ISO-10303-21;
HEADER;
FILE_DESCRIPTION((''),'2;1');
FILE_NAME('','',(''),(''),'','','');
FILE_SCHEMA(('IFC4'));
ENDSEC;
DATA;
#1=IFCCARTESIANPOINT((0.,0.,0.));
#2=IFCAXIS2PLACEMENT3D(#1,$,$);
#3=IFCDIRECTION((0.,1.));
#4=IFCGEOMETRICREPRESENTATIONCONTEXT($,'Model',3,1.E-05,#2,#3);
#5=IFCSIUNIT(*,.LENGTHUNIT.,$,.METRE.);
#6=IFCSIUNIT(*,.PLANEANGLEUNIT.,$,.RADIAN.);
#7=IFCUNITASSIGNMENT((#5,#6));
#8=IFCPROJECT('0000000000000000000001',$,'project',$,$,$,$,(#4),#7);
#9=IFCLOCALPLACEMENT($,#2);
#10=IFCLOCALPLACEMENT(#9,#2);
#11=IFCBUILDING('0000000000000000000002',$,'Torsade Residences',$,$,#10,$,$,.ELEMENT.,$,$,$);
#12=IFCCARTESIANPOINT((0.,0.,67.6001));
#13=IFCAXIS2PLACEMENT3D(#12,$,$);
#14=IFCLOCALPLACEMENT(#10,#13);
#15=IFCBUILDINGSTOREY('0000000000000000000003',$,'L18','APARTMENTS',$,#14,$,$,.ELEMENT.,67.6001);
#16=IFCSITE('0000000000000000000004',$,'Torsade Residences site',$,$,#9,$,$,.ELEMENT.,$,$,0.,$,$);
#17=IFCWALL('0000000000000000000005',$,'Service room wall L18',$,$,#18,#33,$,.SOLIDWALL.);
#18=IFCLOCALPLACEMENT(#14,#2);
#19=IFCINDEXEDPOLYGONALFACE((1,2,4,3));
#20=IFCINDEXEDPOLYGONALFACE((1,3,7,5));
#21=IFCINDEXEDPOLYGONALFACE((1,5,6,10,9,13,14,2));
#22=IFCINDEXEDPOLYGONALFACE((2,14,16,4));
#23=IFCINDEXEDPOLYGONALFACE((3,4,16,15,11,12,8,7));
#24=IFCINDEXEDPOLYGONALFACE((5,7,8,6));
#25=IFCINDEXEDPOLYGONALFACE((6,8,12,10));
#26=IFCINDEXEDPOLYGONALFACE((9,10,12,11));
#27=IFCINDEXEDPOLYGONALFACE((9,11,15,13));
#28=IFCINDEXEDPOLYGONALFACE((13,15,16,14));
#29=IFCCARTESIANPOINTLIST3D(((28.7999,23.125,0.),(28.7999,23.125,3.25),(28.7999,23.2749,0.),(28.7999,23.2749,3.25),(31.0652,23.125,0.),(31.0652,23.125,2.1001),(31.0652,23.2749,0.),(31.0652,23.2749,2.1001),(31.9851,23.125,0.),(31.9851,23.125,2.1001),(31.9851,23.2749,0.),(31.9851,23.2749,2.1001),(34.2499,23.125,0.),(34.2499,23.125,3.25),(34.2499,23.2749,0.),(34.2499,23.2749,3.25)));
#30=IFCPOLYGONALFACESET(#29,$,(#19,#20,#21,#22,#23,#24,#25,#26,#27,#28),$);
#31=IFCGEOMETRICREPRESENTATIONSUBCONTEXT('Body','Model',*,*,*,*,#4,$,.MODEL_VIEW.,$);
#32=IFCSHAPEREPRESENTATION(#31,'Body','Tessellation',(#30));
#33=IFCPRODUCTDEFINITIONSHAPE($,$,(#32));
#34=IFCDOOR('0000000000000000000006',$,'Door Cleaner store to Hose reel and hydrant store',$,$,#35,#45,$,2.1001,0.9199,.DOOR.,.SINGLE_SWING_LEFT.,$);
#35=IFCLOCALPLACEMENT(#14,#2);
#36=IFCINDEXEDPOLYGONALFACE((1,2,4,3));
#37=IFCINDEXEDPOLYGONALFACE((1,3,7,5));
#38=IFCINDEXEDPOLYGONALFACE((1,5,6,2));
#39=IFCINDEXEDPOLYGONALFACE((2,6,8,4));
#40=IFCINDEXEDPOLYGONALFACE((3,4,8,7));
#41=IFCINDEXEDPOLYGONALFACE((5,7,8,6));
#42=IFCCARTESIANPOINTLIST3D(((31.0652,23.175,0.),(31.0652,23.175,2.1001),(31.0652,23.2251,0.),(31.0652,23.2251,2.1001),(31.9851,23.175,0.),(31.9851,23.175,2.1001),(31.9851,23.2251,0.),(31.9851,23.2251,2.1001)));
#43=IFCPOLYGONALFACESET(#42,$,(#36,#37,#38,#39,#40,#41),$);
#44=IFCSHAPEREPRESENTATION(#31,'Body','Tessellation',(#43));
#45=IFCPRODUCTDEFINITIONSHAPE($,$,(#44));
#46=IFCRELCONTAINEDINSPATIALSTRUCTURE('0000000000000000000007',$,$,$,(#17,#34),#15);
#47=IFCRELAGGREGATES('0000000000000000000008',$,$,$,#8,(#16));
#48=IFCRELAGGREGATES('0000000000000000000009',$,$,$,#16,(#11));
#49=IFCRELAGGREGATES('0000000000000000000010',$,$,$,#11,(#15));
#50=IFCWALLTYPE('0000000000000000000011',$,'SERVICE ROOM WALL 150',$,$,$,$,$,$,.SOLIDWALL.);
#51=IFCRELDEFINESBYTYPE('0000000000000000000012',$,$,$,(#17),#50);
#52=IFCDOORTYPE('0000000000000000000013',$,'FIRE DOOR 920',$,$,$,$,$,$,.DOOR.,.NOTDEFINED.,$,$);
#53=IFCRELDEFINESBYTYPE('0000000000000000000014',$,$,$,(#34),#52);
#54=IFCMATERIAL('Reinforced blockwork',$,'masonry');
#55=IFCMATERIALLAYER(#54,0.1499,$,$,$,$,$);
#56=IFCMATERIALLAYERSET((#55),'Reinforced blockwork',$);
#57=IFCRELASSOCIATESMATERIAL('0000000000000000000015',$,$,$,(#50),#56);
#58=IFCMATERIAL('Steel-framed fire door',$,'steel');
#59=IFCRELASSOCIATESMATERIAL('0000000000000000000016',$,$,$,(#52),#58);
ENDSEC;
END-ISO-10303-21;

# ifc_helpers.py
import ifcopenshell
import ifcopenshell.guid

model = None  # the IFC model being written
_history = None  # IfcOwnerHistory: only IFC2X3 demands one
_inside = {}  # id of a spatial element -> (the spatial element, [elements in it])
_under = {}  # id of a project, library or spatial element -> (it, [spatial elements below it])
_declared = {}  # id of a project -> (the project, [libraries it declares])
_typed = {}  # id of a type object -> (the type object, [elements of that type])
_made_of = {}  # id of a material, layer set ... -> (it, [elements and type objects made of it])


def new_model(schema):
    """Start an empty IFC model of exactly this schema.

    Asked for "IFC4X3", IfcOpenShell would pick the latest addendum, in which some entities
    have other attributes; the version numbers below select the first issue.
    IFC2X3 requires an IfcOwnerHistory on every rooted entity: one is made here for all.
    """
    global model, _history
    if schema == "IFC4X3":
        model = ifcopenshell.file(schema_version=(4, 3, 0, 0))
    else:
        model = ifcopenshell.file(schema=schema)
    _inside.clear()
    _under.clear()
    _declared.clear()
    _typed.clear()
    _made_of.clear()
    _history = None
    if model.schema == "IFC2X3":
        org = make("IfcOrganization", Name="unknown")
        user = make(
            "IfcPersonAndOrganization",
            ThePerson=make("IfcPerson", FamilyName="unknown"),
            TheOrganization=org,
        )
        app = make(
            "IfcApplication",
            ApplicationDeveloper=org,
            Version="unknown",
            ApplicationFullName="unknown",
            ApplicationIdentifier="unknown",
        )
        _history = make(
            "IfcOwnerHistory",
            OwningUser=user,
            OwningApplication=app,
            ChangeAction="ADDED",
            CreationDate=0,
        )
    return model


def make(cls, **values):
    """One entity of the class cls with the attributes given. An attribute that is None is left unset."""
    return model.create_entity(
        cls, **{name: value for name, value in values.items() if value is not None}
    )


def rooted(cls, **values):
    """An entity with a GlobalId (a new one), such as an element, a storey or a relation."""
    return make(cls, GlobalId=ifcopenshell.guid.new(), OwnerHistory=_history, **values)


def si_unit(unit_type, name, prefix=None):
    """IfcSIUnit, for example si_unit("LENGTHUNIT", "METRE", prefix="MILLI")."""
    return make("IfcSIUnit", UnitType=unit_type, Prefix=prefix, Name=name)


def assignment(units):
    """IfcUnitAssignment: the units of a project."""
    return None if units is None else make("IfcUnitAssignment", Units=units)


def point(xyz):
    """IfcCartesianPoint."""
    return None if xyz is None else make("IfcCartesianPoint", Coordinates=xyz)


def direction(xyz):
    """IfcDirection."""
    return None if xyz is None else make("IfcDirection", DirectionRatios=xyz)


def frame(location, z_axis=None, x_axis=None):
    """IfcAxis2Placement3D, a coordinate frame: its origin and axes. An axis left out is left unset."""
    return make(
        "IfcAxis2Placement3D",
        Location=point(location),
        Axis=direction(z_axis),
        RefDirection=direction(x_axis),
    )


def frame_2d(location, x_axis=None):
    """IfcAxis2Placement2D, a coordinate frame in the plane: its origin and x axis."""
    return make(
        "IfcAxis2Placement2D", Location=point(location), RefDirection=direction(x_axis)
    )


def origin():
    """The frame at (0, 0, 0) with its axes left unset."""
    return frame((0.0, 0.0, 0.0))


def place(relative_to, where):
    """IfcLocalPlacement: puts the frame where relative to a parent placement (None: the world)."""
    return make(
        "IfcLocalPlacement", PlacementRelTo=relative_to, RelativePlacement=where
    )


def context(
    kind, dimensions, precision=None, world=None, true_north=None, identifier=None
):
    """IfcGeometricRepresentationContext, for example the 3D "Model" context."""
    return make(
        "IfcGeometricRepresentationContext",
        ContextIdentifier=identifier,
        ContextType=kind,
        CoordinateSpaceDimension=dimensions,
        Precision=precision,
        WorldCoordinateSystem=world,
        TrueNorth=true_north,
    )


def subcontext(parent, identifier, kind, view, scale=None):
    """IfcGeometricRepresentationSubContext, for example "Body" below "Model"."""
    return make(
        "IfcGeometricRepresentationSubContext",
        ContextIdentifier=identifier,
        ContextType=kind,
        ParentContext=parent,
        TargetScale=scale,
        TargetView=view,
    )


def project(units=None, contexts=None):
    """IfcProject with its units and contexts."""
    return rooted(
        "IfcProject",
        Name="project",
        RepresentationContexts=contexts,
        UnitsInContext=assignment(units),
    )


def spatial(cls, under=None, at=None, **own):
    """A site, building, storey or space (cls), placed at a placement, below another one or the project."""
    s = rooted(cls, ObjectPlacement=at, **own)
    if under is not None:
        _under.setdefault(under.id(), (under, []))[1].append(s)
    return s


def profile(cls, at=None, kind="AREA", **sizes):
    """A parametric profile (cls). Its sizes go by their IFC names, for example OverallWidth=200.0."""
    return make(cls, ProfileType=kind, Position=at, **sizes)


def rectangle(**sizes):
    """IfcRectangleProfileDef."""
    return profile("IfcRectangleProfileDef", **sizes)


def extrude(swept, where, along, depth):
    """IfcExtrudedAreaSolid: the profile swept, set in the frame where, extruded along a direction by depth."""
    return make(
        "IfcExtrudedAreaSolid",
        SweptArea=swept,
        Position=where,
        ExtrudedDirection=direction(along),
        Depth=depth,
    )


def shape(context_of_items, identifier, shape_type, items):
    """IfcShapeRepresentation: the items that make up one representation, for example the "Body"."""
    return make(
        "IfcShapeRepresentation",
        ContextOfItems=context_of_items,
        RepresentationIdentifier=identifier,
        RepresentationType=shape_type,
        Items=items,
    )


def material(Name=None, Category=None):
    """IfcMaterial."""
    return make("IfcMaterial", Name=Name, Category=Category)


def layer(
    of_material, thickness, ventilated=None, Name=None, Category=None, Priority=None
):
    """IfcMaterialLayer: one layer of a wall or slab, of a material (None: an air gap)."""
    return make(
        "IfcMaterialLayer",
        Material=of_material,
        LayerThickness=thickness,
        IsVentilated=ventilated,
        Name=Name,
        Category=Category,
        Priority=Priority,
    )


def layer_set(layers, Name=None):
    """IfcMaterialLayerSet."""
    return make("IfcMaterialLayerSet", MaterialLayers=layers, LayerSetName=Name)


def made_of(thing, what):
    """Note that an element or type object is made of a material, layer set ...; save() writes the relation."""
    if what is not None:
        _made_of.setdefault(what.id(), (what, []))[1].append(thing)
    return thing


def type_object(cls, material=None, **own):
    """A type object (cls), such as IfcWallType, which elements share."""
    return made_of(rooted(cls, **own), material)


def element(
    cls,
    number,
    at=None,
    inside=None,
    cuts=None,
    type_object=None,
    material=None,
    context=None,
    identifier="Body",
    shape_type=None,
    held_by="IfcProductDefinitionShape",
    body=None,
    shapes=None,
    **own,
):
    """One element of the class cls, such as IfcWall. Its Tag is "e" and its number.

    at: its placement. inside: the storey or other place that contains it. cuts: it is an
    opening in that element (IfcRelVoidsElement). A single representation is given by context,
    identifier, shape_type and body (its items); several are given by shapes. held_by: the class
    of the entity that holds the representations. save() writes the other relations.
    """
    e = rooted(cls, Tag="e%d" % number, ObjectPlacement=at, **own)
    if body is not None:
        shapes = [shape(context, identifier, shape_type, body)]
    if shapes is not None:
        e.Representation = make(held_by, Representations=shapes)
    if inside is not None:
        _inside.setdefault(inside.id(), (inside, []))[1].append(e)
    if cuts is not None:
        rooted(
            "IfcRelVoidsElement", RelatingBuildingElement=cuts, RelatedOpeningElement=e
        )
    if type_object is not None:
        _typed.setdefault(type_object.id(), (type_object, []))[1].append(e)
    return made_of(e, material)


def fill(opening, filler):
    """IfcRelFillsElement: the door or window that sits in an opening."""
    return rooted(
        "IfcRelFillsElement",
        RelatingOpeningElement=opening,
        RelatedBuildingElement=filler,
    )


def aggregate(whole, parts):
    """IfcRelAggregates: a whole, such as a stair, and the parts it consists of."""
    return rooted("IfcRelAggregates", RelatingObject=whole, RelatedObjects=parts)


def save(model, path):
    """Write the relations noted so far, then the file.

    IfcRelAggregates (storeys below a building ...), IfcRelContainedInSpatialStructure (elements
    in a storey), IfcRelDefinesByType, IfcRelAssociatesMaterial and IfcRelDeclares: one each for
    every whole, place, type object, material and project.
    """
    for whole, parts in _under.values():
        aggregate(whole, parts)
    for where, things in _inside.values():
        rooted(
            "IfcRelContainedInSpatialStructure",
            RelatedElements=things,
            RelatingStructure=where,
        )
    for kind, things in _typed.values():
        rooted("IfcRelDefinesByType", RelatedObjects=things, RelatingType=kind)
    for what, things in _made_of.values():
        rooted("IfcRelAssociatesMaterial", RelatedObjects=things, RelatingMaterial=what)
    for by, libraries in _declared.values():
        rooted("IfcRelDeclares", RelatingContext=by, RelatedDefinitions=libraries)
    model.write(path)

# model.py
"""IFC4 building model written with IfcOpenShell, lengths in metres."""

from ifc_helpers import new_model, si_unit, direction, frame, frame_2d, origin, place, context, subcontext, project, spatial, rectangle, extrude, material, layer, layer_set, type_object, element, fill, save


model = new_model("IFC4")

# Units and contexts
model_context = context("Model", 3, precision=1e-05, world=origin(), true_north=direction((0.0, 1.0)))
body_context = subcontext(model_context, "Body", "Model", "MODEL_VIEW")
ifc_project = project(units=[si_unit("LENGTHUNIT", "METRE"), si_unit("PLANEANGLEUNIT", "RADIAN")], contexts=[model_context])

# Site, building, storey
site_placement = place(None, origin())
site = spatial("IfcSite", under=ifc_project, at=site_placement, Name="Torsade Residences site", CompositionType="ELEMENT", RefElevation=0.0)
building_placement = place(site_placement, origin())
building = spatial("IfcBuilding", under=site, at=building_placement, Name="Torsade Residences", CompositionType="ELEMENT")
storey_placement = place(building_placement, frame((0.0, 0.0, 67.6001)))
storey = spatial("IfcBuildingStorey", under=building, at=storey_placement, Name="L18", Description="APARTMENTS", CompositionType="ELEMENT", Elevation=67.6001)

# Shared definitions
ifc_material_1 = material(Name="Reinforced blockwork", Category="masonry")
ifc_layer_1 = layer(ifc_material_1, 0.1499)
ifc_layer_set_1 = layer_set([ifc_layer_1], Name="Reinforced blockwork")
wall_type_1 = type_object("IfcWallType", Name="SERVICE ROOM WALL 150", PredefinedType="SOLIDWALL", material=ifc_layer_set_1)

# Wall, opening, door
wall_1_placement = place(storey_placement, frame((34.25, 23.2, 0.0), z_axis=(0.0, 0.0, 1.0), x_axis=(-1.0, 0.0, 0.0)))
wall_1 = element("IfcWall", 1, at=wall_1_placement, inside=storey, type_object=wall_type_1, Name="Service room wall L18", PredefinedType="SOLIDWALL", context=body_context, shape_type="SweptSolid", body=[
    extrude(rectangle(XDim=5.45, YDim=0.1499, at=frame_2d((2.7251, 0.0))), origin(), (0.0, 0.0, 1.0), 3.25),
])
opening_1_placement = place(wall_1_placement, frame((2.2649, 0.0, 0.0)))
opening_1 = element("IfcOpeningElement", 2, at=opening_1_placement, cuts=wall_1, PredefinedType="OPENING", context=body_context, shape_type="SweptSolid", body=[
    extrude(rectangle(XDim=0.9199, YDim=2.1001, at=frame_2d((0.46, 1.05))), frame((0.0, 0.085, 0.0), z_axis=(0.0, -1.0, 0.0), x_axis=(1.0, 0.0, 0.0)), (0.0, 0.0, 1.0), 0.1699),
])
ifc_material_2 = material(Name="Steel-framed fire door", Category="steel")
door_type_1 = type_object("IfcDoorType", Name="FIRE DOOR 920", OperationType="NOTDEFINED", PredefinedType="DOOR", material=ifc_material_2)
door_1_placement = place(opening_1_placement, origin())
door_1 = element("IfcDoor", 3, at=door_1_placement, inside=storey, type_object=door_type_1, Name="Door Cleaner store to Hose reel and hydrant store", OperationType="SINGLE_SWING_LEFT", OverallHeight=2.1001, OverallWidth=0.9199, PredefinedType="DOOR", context=body_context, shape_type="SweptSolid", body=[
    extrude(rectangle(XDim=0.9199, YDim=2.1001, at=frame_2d((0.46, 1.05))), frame((0.0, 0.0249, 0.0), z_axis=(0.0, -1.0, 0.0), x_axis=(1.0, 0.0, 0.0)), (0.0, 0.0, 1.0), 0.05),
])
fill(opening_1, door_1)

save(model, "model.ifc")
